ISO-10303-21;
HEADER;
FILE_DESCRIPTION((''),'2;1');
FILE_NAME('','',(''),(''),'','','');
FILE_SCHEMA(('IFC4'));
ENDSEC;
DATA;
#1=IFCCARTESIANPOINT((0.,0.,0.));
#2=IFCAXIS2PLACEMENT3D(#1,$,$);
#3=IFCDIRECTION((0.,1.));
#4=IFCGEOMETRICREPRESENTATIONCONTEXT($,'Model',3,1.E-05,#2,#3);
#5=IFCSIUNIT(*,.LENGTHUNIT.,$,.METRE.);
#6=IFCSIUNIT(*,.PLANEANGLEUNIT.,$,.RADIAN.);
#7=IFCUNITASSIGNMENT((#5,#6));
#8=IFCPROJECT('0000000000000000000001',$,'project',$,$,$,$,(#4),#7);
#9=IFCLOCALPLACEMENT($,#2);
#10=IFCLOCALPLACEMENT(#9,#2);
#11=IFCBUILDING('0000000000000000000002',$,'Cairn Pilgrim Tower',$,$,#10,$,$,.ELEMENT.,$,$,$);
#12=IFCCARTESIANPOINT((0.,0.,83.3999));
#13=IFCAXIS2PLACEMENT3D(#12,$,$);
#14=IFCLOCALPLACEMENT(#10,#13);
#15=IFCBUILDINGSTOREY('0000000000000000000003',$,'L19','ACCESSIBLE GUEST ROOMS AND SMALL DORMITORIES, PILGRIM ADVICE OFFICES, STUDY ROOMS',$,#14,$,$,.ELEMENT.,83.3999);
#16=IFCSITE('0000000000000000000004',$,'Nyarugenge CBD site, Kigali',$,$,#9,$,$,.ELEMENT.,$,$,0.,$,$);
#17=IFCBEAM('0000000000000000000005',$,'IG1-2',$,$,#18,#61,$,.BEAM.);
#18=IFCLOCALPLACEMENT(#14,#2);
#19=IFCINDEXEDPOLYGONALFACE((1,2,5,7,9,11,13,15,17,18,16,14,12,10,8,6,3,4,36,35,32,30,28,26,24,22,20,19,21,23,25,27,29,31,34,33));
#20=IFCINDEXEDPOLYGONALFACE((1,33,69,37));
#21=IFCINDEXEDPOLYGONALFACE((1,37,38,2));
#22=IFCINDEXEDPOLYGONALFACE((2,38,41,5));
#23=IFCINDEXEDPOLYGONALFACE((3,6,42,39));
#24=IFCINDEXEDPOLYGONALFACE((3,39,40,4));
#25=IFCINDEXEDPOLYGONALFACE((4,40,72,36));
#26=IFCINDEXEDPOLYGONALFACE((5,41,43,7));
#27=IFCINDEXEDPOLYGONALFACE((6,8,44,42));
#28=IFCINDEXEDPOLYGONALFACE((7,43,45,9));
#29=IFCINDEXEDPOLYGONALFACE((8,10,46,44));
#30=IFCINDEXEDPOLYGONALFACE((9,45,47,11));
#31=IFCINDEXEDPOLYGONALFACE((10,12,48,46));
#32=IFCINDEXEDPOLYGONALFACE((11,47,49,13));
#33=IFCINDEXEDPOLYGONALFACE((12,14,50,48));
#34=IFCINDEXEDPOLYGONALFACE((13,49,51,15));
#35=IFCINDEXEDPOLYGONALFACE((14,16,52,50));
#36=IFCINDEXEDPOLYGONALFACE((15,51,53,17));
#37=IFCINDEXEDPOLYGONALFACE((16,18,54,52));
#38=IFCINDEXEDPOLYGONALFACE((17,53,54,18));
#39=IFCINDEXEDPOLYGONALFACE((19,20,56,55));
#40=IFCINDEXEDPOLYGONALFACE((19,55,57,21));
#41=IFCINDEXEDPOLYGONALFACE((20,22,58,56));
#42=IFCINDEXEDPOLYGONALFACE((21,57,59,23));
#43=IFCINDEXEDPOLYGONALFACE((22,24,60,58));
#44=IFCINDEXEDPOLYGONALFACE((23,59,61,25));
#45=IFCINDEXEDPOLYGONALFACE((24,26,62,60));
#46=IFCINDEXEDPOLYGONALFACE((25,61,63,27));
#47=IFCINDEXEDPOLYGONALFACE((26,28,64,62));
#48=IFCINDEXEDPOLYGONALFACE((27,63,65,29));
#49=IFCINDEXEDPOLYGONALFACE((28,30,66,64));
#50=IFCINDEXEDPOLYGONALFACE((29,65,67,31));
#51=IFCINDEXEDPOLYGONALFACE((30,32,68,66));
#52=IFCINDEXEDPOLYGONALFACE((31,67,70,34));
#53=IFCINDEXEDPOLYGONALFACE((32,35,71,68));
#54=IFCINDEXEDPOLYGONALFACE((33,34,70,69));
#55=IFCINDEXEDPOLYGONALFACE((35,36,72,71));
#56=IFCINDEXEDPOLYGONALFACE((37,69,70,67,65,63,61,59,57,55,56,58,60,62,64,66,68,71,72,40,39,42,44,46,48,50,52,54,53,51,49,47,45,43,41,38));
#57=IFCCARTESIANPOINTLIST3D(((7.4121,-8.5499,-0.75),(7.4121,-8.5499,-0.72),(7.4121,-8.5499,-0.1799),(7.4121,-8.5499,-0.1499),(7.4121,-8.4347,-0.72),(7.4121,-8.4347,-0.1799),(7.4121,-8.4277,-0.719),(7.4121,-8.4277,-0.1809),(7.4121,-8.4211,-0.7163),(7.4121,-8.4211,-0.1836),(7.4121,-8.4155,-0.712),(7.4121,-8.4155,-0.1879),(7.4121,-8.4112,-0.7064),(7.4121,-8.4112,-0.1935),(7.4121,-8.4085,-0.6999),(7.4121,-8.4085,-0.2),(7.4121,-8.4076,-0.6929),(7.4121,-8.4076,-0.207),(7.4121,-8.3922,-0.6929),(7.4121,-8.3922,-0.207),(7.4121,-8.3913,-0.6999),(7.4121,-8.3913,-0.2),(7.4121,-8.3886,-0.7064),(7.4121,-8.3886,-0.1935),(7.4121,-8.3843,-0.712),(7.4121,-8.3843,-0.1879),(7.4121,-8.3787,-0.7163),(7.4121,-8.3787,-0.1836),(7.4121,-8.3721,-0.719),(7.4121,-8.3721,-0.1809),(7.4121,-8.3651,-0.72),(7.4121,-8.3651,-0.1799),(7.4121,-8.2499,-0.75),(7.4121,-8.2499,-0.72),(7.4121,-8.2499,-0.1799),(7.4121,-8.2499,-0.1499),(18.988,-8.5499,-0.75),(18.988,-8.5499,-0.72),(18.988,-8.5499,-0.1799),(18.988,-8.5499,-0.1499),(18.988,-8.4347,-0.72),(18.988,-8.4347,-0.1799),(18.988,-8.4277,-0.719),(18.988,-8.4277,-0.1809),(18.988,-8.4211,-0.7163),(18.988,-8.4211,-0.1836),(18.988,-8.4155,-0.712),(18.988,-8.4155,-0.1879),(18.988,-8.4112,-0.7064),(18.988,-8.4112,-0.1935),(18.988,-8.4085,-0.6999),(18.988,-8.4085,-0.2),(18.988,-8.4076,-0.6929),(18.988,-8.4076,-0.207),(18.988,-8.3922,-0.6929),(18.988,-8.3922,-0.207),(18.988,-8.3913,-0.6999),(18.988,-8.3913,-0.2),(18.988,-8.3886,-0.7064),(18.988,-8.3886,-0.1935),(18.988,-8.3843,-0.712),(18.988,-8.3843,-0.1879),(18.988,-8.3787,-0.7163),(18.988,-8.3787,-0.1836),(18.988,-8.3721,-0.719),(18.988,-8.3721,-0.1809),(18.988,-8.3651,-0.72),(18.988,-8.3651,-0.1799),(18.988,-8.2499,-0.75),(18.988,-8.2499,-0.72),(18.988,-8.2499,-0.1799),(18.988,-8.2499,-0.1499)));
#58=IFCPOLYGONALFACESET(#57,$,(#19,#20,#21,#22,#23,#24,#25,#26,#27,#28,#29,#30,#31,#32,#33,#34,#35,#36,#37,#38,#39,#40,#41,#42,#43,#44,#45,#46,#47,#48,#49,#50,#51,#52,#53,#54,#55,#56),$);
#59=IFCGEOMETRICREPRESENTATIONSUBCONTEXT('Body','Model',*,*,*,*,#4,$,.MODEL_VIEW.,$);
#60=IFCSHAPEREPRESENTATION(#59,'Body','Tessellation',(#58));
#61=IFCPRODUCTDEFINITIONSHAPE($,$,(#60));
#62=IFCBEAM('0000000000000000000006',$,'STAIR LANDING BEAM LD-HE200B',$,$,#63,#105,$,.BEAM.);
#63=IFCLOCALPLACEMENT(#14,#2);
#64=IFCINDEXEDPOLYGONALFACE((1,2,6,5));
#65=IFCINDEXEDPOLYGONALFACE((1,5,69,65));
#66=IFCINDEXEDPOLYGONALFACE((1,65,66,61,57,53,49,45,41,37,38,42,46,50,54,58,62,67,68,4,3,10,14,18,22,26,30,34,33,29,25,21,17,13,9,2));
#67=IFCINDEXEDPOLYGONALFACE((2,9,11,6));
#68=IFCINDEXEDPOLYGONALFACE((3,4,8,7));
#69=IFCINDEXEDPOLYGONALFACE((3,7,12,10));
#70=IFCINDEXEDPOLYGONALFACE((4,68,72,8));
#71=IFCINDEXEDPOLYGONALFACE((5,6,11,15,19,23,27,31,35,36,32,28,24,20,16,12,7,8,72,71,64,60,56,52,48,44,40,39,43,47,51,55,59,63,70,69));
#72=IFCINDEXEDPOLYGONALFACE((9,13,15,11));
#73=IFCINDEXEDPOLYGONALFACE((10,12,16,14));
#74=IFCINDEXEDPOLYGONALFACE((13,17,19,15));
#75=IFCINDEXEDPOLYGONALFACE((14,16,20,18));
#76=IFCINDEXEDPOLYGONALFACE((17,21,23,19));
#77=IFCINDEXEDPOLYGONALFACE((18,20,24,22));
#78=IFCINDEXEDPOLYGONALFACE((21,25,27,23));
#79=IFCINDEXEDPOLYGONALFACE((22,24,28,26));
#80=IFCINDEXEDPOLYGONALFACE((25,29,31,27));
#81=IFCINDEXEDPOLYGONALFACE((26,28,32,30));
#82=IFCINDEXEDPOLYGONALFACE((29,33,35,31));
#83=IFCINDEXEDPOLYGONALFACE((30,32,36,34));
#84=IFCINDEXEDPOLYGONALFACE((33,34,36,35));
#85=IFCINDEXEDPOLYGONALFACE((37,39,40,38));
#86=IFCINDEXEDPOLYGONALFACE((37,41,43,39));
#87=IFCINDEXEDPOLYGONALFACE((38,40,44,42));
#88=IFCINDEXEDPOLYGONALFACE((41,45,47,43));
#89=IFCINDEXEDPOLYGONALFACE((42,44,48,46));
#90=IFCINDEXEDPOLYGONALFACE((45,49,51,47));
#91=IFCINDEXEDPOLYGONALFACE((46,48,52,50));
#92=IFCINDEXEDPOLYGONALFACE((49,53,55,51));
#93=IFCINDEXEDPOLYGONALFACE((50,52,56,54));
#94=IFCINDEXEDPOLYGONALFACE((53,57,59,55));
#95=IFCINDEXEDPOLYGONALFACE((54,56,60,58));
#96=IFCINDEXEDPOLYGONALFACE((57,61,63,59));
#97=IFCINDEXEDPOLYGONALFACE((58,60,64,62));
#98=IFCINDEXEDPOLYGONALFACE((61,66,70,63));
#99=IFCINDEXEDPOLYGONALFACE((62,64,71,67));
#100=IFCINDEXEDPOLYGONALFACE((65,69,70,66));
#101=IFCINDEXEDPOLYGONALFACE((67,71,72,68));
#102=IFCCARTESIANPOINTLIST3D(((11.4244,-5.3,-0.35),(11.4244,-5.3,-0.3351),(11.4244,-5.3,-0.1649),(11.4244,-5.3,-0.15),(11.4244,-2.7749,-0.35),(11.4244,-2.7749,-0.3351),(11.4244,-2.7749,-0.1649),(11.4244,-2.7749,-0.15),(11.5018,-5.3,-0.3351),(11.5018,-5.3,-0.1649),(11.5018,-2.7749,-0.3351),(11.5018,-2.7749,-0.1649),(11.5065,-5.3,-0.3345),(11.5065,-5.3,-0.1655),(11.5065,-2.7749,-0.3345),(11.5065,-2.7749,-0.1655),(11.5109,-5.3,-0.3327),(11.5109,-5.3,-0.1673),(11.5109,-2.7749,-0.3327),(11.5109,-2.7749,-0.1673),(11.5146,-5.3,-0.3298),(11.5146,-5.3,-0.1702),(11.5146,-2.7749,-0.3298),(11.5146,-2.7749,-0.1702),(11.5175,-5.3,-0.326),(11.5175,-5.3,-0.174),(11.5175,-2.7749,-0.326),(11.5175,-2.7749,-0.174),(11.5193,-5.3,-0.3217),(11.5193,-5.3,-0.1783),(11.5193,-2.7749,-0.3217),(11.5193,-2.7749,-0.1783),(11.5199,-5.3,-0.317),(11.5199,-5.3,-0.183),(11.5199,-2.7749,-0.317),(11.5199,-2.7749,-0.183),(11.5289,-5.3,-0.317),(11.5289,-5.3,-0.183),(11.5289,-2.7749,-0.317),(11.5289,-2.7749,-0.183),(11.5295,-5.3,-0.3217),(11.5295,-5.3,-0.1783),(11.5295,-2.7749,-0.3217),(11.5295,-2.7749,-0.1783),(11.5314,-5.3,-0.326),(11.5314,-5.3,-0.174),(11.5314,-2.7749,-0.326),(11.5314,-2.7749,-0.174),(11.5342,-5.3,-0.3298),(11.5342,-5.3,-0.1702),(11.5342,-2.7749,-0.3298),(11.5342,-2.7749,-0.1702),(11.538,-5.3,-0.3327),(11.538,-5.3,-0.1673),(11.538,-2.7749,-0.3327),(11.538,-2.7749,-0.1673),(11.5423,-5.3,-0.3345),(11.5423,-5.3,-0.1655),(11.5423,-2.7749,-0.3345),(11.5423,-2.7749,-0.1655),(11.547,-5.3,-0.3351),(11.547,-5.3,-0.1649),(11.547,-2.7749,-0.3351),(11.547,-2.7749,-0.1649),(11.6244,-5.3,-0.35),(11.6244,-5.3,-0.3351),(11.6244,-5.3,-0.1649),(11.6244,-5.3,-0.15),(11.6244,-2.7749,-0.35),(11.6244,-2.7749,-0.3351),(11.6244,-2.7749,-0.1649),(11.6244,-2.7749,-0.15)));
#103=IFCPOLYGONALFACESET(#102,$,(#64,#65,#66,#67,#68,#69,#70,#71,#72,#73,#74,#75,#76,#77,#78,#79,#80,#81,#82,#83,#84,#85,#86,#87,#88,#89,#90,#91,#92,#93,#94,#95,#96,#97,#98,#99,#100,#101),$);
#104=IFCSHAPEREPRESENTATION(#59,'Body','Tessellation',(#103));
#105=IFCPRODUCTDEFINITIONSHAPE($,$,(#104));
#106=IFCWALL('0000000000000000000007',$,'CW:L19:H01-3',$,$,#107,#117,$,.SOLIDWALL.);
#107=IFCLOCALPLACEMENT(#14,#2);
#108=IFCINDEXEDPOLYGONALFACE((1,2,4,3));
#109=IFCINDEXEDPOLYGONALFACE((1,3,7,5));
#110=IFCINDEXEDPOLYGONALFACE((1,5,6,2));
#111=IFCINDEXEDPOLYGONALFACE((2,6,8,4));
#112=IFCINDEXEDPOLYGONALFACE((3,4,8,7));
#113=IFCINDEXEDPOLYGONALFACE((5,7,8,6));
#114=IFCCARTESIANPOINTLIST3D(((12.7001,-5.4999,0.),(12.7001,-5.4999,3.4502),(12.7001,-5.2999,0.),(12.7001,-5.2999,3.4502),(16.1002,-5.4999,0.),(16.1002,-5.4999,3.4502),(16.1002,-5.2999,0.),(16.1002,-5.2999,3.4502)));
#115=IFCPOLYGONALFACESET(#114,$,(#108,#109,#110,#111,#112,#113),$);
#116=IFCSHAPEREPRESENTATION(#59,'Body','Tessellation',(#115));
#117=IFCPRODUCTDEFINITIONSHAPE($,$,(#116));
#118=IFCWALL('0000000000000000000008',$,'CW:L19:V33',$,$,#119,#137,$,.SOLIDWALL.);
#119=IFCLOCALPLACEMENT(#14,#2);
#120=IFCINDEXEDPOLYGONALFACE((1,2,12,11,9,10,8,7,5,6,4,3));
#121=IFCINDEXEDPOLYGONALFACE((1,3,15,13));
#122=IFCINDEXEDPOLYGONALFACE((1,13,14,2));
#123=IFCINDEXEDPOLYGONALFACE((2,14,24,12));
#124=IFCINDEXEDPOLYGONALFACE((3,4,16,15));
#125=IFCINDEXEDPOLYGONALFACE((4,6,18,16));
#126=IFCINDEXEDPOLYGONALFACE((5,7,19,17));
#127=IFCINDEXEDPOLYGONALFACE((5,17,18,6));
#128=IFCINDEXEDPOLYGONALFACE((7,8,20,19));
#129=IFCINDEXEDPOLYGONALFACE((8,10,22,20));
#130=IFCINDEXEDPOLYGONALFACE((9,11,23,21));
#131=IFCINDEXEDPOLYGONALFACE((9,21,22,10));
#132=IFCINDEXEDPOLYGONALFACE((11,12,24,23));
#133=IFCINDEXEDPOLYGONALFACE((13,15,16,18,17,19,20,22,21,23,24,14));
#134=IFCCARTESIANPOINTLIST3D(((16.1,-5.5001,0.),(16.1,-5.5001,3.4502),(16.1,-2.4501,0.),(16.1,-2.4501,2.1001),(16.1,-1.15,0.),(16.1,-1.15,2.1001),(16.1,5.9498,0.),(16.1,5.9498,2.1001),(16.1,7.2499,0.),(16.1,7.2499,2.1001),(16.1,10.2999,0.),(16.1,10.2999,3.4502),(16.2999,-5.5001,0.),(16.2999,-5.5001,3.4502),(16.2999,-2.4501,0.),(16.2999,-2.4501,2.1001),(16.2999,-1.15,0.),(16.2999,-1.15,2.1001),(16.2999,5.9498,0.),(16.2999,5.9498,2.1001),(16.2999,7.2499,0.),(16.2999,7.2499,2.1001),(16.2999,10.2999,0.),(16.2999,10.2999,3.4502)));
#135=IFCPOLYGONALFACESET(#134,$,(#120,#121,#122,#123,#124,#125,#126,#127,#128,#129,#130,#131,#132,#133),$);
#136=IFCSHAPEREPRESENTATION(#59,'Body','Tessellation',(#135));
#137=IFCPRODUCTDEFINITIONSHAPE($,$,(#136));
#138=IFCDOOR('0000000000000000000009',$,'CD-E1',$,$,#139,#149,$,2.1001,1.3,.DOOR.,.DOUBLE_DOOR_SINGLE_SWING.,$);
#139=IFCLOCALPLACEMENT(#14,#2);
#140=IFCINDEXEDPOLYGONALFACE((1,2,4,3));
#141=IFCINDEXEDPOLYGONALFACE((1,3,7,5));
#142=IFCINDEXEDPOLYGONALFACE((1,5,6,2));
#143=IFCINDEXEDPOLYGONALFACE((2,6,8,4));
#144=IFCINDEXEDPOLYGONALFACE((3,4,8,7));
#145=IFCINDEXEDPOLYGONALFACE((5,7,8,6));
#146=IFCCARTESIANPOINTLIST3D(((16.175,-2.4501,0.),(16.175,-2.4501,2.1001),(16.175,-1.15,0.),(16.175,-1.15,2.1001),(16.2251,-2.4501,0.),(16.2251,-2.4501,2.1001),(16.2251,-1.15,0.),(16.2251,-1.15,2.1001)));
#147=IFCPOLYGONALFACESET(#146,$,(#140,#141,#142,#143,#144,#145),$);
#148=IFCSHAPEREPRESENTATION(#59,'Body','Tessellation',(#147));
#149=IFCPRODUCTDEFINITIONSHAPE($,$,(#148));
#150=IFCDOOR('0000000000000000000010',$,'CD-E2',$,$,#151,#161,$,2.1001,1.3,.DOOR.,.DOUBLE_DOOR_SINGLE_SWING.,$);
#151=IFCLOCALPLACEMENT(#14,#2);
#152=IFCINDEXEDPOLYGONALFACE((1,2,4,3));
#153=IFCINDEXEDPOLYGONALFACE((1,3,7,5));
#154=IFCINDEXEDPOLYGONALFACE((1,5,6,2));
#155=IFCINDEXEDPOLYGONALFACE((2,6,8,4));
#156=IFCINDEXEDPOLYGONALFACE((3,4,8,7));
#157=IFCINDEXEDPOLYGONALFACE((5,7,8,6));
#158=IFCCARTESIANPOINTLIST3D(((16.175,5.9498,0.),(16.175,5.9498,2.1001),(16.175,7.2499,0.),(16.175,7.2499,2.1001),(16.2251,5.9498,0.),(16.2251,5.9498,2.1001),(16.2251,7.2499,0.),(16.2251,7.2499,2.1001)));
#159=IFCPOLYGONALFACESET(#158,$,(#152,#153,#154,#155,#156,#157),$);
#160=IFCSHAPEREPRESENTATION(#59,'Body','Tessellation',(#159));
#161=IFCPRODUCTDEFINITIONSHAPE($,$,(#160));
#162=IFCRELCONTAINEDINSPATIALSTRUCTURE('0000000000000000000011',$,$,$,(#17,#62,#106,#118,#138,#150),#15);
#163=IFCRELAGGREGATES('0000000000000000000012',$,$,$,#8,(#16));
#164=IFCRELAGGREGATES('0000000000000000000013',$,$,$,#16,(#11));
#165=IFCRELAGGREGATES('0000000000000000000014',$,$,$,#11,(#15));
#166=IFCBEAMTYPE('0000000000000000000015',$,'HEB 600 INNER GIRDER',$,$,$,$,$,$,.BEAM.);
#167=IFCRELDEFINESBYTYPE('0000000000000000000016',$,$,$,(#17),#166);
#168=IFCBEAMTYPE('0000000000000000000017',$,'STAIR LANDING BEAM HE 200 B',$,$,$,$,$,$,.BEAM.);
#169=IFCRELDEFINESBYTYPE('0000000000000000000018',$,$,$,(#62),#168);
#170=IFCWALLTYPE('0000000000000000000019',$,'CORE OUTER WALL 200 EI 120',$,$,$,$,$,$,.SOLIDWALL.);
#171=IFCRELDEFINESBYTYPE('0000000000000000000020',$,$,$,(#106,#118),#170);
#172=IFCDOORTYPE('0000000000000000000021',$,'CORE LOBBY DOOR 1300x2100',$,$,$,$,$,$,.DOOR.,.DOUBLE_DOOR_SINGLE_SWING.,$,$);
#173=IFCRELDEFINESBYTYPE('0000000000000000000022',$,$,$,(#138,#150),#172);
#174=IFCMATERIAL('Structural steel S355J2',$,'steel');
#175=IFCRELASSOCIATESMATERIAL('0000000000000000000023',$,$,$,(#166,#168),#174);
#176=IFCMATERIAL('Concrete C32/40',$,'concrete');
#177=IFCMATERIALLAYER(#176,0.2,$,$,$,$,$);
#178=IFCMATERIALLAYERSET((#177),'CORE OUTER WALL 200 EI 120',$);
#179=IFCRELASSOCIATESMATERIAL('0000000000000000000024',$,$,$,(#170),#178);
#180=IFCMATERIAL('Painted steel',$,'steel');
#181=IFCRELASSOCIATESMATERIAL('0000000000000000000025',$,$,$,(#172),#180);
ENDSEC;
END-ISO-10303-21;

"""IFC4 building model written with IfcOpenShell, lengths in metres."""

from ifc_helpers import new_model, si_unit, direction, frame, frame_2d, origin, origin_2d, place, context, subcontext, project, spatial, rectangle, i_section, extrude, material, layer, layer_set, material_profile, profile_set, type_object, element, fill, save


model = new_model("IFC4")

# Units and contexts
model_context = context("Model", 3, precision=1e-05, world=origin(), true_north=direction((0.0, 1.0)))
body_context = subcontext(model_context, "Body", "Model", "MODEL_VIEW")
ifc_project = project(units=[si_unit("LENGTHUNIT", "METRE"), si_unit("PLANEANGLEUNIT", "RADIAN")], contexts=[model_context])

# Site, building, storey
site_placement = place(None, origin())
site = spatial("IfcSite", under=ifc_project, at=site_placement, Name="Nyarugenge CBD site, Kigali", CompositionType="ELEMENT", RefElevation=0.0)
building_placement = place(site_placement, origin())
building = spatial("IfcBuilding", under=site, at=building_placement, Name="Cairn Pilgrim Tower", CompositionType="ELEMENT")
storey_placement = place(building_placement, frame((0.0, 0.0, 83.3999)))
storey = spatial("IfcBuildingStorey", under=building, at=storey_placement, Name="L19", Description="ACCESSIBLE GUEST ROOMS AND SMALL DORMITORIES, PILGRIM ADVICE OFFICES, STUDY ROOMS", CompositionType="ELEMENT", Elevation=83.3999)

# Beams
ifc_material_1 = material(Name="Structural steel S355J2", Category="steel")
ifc_material_profile_1 = material_profile(ifc_material_1, i_section(OverallWidth=0.3, OverallDepth=0.6001, WebThickness=0.0154, FlangeThickness=0.03, FilletRadius=0.0271, at=origin_2d()), Name="HEB 600")
ifc_profile_set_1 = profile_set([ifc_material_profile_1], Name="Structural steel S355J2")
beam_type_1 = type_object("IfcBeamType", Name="HEB 600 INNER GIRDER", PredefinedType="BEAM", material=ifc_profile_set_1)
beam_1_placement = place(storey_placement, frame((7.4121, -8.3999, -0.45), z_axis=(1.0, 0.0, 0.0), x_axis=(0.0, 1.0, 0.0)))
element("IfcBeam", 1, at=beam_1_placement, inside=storey, type_object=beam_type_1, Name="IG1-2", PredefinedType="BEAM", context=body_context, shape_type="SweptSolid", body=[
    extrude(i_section(OverallWidth=0.3, OverallDepth=0.6001, WebThickness=0.0154, FlangeThickness=0.03, FilletRadius=0.0271, at=origin_2d()), origin(), (0.0, 0.0, 1.0), 11.5759),
])
ifc_material_profile_2 = material_profile(ifc_material_1, i_section(OverallWidth=0.2, OverallDepth=0.2, WebThickness=0.009, FlangeThickness=0.0149, FilletRadius=0.0181, at=origin_2d()), Name="HE 200 B")
ifc_profile_set_2 = profile_set([ifc_material_profile_2], Name="Structural steel S355J2")
beam_type_2 = type_object("IfcBeamType", Name="STAIR LANDING BEAM HE 200 B", PredefinedType="BEAM", material=ifc_profile_set_2)
beam_2_placement = place(storey_placement, frame((11.5244, -2.7749, -0.25), z_axis=(0.0, -1.0, 0.0), x_axis=(1.0, 0.0, 0.0)))
element("IfcBeam", 2, at=beam_2_placement, inside=storey, type_object=beam_type_2, Name="STAIR LANDING BEAM LD-HE200B", PredefinedType="BEAM", context=body_context, shape_type="SweptSolid", body=[
    extrude(i_section(OverallWidth=0.2, OverallDepth=0.2, WebThickness=0.009, FlangeThickness=0.0149, FilletRadius=0.0181, at=origin_2d()), origin(), (0.0, 0.0, 1.0), 2.5251),
])

# Wall
ifc_material_2 = material(Name="Concrete C32/40", Category="concrete")
ifc_layer_1 = layer(ifc_material_2, 0.2)
ifc_layer_set_1 = layer_set([ifc_layer_1], Name="CORE OUTER WALL 200 EI 120")
wall_type_1 = type_object("IfcWallType", Name="CORE OUTER WALL 200 EI 120", PredefinedType="SOLIDWALL", material=ifc_layer_set_1)
wall_1_placement = place(storey_placement, frame((12.7, -5.3999, 0.0), z_axis=(0.0, 0.0, 1.0), x_axis=(1.0, 0.0, 0.0)))
element("IfcWall", 3, at=wall_1_placement, inside=storey, type_object=wall_type_1, Name="CW:L19:H01-3", PredefinedType="SOLIDWALL", context=body_context, shape_type="SweptSolid", body=[
    extrude(rectangle(XDim=3.4001, YDim=0.2, at=frame_2d((1.7002, 0.0))), origin(), (0.0, 0.0, 1.0), 3.4502),
])

# Wall, openings, doors
wall_2_placement = place(storey_placement, frame((16.2, -5.5, 0.0), z_axis=(0.0, 0.0, 1.0), x_axis=(0.0, 1.0, 0.0)))
wall_2 = element("IfcWall", 4, at=wall_2_placement, inside=storey, type_object=wall_type_1, Name="CW:L19:V33", PredefinedType="SOLIDWALL", context=body_context, shape_type="SweptSolid", body=[
    extrude(rectangle(XDim=15.8, YDim=0.2, at=frame_2d((7.8999, 0.0))), origin(), (0.0, 0.0, 1.0), 3.4502),
])
opening_1_placement = place(wall_2_placement, frame((3.05, 0.0, 0.0)))
opening_1 = element("IfcOpeningElement", 5, at=opening_1_placement, cuts=wall_2, PredefinedType="OPENING", context=body_context, shape_type="SweptSolid", body=[
    extrude(rectangle(XDim=1.3, YDim=2.1001, at=frame_2d((0.6499, 1.05))), frame((0.0, 0.1099, 0.0), z_axis=(0.0, -1.0, 0.0), x_axis=(1.0, 0.0, 0.0)), (0.0, 0.0, 1.0), 0.22),
])
opening_2_placement = place(wall_2_placement, frame((11.45, 0.0, 0.0)))
opening_2 = element("IfcOpeningElement", 6, at=opening_2_placement, cuts=wall_2, PredefinedType="OPENING", context=body_context, shape_type="SweptSolid", body=[
    extrude(rectangle(XDim=1.3, YDim=2.1001, at=frame_2d((0.6499, 1.05))), frame((0.0, 0.1099, 0.0), z_axis=(0.0, -1.0, 0.0), x_axis=(1.0, 0.0, 0.0)), (0.0, 0.0, 1.0), 0.22),
])
ifc_material_3 = material(Name="Painted steel", Category="steel")
door_type_1 = type_object("IfcDoorType", Name="CORE LOBBY DOOR 1300x2100", OperationType="DOUBLE_DOOR_SINGLE_SWING", PredefinedType="DOOR", material=ifc_material_3)
door_1_placement = place(opening_1_placement, origin())
door_1 = element("IfcDoor", 7, at=door_1_placement, inside=storey, type_object=door_type_1, Name="CD-E1", OperationType="DOUBLE_DOOR_SINGLE_SWING", OverallHeight=2.1001, OverallWidth=1.3, PredefinedType="DOOR", context=body_context, shape_type="SweptSolid", body=[
    extrude(rectangle(XDim=1.3, YDim=2.1001, at=frame_2d((0.6499, 1.05))), frame((0.0, 0.0249, 0.0), z_axis=(0.0, -1.0, 0.0), x_axis=(1.0, 0.0, 0.0)), (0.0, 0.0, 1.0), 0.05),
])
fill(opening_1, door_1)
door_2_placement = place(opening_2_placement, origin())
door_2 = element("IfcDoor", 8, at=door_2_placement, inside=storey, type_object=door_type_1, Name="CD-E2", OperationType="DOUBLE_DOOR_SINGLE_SWING", OverallHeight=2.1001, OverallWidth=1.3, PredefinedType="DOOR", context=body_context, shape_type="SweptSolid", body=[
    extrude(rectangle(XDim=1.3, YDim=2.1001, at=frame_2d((0.6499, 1.05))), frame((0.0, 0.0249, 0.0), z_axis=(0.0, -1.0, 0.0), x_axis=(1.0, 0.0, 0.0)), (0.0, 0.0, 1.0), 0.05),
])
fill(opening_2, door_2)

save(model, "model.ifc")
